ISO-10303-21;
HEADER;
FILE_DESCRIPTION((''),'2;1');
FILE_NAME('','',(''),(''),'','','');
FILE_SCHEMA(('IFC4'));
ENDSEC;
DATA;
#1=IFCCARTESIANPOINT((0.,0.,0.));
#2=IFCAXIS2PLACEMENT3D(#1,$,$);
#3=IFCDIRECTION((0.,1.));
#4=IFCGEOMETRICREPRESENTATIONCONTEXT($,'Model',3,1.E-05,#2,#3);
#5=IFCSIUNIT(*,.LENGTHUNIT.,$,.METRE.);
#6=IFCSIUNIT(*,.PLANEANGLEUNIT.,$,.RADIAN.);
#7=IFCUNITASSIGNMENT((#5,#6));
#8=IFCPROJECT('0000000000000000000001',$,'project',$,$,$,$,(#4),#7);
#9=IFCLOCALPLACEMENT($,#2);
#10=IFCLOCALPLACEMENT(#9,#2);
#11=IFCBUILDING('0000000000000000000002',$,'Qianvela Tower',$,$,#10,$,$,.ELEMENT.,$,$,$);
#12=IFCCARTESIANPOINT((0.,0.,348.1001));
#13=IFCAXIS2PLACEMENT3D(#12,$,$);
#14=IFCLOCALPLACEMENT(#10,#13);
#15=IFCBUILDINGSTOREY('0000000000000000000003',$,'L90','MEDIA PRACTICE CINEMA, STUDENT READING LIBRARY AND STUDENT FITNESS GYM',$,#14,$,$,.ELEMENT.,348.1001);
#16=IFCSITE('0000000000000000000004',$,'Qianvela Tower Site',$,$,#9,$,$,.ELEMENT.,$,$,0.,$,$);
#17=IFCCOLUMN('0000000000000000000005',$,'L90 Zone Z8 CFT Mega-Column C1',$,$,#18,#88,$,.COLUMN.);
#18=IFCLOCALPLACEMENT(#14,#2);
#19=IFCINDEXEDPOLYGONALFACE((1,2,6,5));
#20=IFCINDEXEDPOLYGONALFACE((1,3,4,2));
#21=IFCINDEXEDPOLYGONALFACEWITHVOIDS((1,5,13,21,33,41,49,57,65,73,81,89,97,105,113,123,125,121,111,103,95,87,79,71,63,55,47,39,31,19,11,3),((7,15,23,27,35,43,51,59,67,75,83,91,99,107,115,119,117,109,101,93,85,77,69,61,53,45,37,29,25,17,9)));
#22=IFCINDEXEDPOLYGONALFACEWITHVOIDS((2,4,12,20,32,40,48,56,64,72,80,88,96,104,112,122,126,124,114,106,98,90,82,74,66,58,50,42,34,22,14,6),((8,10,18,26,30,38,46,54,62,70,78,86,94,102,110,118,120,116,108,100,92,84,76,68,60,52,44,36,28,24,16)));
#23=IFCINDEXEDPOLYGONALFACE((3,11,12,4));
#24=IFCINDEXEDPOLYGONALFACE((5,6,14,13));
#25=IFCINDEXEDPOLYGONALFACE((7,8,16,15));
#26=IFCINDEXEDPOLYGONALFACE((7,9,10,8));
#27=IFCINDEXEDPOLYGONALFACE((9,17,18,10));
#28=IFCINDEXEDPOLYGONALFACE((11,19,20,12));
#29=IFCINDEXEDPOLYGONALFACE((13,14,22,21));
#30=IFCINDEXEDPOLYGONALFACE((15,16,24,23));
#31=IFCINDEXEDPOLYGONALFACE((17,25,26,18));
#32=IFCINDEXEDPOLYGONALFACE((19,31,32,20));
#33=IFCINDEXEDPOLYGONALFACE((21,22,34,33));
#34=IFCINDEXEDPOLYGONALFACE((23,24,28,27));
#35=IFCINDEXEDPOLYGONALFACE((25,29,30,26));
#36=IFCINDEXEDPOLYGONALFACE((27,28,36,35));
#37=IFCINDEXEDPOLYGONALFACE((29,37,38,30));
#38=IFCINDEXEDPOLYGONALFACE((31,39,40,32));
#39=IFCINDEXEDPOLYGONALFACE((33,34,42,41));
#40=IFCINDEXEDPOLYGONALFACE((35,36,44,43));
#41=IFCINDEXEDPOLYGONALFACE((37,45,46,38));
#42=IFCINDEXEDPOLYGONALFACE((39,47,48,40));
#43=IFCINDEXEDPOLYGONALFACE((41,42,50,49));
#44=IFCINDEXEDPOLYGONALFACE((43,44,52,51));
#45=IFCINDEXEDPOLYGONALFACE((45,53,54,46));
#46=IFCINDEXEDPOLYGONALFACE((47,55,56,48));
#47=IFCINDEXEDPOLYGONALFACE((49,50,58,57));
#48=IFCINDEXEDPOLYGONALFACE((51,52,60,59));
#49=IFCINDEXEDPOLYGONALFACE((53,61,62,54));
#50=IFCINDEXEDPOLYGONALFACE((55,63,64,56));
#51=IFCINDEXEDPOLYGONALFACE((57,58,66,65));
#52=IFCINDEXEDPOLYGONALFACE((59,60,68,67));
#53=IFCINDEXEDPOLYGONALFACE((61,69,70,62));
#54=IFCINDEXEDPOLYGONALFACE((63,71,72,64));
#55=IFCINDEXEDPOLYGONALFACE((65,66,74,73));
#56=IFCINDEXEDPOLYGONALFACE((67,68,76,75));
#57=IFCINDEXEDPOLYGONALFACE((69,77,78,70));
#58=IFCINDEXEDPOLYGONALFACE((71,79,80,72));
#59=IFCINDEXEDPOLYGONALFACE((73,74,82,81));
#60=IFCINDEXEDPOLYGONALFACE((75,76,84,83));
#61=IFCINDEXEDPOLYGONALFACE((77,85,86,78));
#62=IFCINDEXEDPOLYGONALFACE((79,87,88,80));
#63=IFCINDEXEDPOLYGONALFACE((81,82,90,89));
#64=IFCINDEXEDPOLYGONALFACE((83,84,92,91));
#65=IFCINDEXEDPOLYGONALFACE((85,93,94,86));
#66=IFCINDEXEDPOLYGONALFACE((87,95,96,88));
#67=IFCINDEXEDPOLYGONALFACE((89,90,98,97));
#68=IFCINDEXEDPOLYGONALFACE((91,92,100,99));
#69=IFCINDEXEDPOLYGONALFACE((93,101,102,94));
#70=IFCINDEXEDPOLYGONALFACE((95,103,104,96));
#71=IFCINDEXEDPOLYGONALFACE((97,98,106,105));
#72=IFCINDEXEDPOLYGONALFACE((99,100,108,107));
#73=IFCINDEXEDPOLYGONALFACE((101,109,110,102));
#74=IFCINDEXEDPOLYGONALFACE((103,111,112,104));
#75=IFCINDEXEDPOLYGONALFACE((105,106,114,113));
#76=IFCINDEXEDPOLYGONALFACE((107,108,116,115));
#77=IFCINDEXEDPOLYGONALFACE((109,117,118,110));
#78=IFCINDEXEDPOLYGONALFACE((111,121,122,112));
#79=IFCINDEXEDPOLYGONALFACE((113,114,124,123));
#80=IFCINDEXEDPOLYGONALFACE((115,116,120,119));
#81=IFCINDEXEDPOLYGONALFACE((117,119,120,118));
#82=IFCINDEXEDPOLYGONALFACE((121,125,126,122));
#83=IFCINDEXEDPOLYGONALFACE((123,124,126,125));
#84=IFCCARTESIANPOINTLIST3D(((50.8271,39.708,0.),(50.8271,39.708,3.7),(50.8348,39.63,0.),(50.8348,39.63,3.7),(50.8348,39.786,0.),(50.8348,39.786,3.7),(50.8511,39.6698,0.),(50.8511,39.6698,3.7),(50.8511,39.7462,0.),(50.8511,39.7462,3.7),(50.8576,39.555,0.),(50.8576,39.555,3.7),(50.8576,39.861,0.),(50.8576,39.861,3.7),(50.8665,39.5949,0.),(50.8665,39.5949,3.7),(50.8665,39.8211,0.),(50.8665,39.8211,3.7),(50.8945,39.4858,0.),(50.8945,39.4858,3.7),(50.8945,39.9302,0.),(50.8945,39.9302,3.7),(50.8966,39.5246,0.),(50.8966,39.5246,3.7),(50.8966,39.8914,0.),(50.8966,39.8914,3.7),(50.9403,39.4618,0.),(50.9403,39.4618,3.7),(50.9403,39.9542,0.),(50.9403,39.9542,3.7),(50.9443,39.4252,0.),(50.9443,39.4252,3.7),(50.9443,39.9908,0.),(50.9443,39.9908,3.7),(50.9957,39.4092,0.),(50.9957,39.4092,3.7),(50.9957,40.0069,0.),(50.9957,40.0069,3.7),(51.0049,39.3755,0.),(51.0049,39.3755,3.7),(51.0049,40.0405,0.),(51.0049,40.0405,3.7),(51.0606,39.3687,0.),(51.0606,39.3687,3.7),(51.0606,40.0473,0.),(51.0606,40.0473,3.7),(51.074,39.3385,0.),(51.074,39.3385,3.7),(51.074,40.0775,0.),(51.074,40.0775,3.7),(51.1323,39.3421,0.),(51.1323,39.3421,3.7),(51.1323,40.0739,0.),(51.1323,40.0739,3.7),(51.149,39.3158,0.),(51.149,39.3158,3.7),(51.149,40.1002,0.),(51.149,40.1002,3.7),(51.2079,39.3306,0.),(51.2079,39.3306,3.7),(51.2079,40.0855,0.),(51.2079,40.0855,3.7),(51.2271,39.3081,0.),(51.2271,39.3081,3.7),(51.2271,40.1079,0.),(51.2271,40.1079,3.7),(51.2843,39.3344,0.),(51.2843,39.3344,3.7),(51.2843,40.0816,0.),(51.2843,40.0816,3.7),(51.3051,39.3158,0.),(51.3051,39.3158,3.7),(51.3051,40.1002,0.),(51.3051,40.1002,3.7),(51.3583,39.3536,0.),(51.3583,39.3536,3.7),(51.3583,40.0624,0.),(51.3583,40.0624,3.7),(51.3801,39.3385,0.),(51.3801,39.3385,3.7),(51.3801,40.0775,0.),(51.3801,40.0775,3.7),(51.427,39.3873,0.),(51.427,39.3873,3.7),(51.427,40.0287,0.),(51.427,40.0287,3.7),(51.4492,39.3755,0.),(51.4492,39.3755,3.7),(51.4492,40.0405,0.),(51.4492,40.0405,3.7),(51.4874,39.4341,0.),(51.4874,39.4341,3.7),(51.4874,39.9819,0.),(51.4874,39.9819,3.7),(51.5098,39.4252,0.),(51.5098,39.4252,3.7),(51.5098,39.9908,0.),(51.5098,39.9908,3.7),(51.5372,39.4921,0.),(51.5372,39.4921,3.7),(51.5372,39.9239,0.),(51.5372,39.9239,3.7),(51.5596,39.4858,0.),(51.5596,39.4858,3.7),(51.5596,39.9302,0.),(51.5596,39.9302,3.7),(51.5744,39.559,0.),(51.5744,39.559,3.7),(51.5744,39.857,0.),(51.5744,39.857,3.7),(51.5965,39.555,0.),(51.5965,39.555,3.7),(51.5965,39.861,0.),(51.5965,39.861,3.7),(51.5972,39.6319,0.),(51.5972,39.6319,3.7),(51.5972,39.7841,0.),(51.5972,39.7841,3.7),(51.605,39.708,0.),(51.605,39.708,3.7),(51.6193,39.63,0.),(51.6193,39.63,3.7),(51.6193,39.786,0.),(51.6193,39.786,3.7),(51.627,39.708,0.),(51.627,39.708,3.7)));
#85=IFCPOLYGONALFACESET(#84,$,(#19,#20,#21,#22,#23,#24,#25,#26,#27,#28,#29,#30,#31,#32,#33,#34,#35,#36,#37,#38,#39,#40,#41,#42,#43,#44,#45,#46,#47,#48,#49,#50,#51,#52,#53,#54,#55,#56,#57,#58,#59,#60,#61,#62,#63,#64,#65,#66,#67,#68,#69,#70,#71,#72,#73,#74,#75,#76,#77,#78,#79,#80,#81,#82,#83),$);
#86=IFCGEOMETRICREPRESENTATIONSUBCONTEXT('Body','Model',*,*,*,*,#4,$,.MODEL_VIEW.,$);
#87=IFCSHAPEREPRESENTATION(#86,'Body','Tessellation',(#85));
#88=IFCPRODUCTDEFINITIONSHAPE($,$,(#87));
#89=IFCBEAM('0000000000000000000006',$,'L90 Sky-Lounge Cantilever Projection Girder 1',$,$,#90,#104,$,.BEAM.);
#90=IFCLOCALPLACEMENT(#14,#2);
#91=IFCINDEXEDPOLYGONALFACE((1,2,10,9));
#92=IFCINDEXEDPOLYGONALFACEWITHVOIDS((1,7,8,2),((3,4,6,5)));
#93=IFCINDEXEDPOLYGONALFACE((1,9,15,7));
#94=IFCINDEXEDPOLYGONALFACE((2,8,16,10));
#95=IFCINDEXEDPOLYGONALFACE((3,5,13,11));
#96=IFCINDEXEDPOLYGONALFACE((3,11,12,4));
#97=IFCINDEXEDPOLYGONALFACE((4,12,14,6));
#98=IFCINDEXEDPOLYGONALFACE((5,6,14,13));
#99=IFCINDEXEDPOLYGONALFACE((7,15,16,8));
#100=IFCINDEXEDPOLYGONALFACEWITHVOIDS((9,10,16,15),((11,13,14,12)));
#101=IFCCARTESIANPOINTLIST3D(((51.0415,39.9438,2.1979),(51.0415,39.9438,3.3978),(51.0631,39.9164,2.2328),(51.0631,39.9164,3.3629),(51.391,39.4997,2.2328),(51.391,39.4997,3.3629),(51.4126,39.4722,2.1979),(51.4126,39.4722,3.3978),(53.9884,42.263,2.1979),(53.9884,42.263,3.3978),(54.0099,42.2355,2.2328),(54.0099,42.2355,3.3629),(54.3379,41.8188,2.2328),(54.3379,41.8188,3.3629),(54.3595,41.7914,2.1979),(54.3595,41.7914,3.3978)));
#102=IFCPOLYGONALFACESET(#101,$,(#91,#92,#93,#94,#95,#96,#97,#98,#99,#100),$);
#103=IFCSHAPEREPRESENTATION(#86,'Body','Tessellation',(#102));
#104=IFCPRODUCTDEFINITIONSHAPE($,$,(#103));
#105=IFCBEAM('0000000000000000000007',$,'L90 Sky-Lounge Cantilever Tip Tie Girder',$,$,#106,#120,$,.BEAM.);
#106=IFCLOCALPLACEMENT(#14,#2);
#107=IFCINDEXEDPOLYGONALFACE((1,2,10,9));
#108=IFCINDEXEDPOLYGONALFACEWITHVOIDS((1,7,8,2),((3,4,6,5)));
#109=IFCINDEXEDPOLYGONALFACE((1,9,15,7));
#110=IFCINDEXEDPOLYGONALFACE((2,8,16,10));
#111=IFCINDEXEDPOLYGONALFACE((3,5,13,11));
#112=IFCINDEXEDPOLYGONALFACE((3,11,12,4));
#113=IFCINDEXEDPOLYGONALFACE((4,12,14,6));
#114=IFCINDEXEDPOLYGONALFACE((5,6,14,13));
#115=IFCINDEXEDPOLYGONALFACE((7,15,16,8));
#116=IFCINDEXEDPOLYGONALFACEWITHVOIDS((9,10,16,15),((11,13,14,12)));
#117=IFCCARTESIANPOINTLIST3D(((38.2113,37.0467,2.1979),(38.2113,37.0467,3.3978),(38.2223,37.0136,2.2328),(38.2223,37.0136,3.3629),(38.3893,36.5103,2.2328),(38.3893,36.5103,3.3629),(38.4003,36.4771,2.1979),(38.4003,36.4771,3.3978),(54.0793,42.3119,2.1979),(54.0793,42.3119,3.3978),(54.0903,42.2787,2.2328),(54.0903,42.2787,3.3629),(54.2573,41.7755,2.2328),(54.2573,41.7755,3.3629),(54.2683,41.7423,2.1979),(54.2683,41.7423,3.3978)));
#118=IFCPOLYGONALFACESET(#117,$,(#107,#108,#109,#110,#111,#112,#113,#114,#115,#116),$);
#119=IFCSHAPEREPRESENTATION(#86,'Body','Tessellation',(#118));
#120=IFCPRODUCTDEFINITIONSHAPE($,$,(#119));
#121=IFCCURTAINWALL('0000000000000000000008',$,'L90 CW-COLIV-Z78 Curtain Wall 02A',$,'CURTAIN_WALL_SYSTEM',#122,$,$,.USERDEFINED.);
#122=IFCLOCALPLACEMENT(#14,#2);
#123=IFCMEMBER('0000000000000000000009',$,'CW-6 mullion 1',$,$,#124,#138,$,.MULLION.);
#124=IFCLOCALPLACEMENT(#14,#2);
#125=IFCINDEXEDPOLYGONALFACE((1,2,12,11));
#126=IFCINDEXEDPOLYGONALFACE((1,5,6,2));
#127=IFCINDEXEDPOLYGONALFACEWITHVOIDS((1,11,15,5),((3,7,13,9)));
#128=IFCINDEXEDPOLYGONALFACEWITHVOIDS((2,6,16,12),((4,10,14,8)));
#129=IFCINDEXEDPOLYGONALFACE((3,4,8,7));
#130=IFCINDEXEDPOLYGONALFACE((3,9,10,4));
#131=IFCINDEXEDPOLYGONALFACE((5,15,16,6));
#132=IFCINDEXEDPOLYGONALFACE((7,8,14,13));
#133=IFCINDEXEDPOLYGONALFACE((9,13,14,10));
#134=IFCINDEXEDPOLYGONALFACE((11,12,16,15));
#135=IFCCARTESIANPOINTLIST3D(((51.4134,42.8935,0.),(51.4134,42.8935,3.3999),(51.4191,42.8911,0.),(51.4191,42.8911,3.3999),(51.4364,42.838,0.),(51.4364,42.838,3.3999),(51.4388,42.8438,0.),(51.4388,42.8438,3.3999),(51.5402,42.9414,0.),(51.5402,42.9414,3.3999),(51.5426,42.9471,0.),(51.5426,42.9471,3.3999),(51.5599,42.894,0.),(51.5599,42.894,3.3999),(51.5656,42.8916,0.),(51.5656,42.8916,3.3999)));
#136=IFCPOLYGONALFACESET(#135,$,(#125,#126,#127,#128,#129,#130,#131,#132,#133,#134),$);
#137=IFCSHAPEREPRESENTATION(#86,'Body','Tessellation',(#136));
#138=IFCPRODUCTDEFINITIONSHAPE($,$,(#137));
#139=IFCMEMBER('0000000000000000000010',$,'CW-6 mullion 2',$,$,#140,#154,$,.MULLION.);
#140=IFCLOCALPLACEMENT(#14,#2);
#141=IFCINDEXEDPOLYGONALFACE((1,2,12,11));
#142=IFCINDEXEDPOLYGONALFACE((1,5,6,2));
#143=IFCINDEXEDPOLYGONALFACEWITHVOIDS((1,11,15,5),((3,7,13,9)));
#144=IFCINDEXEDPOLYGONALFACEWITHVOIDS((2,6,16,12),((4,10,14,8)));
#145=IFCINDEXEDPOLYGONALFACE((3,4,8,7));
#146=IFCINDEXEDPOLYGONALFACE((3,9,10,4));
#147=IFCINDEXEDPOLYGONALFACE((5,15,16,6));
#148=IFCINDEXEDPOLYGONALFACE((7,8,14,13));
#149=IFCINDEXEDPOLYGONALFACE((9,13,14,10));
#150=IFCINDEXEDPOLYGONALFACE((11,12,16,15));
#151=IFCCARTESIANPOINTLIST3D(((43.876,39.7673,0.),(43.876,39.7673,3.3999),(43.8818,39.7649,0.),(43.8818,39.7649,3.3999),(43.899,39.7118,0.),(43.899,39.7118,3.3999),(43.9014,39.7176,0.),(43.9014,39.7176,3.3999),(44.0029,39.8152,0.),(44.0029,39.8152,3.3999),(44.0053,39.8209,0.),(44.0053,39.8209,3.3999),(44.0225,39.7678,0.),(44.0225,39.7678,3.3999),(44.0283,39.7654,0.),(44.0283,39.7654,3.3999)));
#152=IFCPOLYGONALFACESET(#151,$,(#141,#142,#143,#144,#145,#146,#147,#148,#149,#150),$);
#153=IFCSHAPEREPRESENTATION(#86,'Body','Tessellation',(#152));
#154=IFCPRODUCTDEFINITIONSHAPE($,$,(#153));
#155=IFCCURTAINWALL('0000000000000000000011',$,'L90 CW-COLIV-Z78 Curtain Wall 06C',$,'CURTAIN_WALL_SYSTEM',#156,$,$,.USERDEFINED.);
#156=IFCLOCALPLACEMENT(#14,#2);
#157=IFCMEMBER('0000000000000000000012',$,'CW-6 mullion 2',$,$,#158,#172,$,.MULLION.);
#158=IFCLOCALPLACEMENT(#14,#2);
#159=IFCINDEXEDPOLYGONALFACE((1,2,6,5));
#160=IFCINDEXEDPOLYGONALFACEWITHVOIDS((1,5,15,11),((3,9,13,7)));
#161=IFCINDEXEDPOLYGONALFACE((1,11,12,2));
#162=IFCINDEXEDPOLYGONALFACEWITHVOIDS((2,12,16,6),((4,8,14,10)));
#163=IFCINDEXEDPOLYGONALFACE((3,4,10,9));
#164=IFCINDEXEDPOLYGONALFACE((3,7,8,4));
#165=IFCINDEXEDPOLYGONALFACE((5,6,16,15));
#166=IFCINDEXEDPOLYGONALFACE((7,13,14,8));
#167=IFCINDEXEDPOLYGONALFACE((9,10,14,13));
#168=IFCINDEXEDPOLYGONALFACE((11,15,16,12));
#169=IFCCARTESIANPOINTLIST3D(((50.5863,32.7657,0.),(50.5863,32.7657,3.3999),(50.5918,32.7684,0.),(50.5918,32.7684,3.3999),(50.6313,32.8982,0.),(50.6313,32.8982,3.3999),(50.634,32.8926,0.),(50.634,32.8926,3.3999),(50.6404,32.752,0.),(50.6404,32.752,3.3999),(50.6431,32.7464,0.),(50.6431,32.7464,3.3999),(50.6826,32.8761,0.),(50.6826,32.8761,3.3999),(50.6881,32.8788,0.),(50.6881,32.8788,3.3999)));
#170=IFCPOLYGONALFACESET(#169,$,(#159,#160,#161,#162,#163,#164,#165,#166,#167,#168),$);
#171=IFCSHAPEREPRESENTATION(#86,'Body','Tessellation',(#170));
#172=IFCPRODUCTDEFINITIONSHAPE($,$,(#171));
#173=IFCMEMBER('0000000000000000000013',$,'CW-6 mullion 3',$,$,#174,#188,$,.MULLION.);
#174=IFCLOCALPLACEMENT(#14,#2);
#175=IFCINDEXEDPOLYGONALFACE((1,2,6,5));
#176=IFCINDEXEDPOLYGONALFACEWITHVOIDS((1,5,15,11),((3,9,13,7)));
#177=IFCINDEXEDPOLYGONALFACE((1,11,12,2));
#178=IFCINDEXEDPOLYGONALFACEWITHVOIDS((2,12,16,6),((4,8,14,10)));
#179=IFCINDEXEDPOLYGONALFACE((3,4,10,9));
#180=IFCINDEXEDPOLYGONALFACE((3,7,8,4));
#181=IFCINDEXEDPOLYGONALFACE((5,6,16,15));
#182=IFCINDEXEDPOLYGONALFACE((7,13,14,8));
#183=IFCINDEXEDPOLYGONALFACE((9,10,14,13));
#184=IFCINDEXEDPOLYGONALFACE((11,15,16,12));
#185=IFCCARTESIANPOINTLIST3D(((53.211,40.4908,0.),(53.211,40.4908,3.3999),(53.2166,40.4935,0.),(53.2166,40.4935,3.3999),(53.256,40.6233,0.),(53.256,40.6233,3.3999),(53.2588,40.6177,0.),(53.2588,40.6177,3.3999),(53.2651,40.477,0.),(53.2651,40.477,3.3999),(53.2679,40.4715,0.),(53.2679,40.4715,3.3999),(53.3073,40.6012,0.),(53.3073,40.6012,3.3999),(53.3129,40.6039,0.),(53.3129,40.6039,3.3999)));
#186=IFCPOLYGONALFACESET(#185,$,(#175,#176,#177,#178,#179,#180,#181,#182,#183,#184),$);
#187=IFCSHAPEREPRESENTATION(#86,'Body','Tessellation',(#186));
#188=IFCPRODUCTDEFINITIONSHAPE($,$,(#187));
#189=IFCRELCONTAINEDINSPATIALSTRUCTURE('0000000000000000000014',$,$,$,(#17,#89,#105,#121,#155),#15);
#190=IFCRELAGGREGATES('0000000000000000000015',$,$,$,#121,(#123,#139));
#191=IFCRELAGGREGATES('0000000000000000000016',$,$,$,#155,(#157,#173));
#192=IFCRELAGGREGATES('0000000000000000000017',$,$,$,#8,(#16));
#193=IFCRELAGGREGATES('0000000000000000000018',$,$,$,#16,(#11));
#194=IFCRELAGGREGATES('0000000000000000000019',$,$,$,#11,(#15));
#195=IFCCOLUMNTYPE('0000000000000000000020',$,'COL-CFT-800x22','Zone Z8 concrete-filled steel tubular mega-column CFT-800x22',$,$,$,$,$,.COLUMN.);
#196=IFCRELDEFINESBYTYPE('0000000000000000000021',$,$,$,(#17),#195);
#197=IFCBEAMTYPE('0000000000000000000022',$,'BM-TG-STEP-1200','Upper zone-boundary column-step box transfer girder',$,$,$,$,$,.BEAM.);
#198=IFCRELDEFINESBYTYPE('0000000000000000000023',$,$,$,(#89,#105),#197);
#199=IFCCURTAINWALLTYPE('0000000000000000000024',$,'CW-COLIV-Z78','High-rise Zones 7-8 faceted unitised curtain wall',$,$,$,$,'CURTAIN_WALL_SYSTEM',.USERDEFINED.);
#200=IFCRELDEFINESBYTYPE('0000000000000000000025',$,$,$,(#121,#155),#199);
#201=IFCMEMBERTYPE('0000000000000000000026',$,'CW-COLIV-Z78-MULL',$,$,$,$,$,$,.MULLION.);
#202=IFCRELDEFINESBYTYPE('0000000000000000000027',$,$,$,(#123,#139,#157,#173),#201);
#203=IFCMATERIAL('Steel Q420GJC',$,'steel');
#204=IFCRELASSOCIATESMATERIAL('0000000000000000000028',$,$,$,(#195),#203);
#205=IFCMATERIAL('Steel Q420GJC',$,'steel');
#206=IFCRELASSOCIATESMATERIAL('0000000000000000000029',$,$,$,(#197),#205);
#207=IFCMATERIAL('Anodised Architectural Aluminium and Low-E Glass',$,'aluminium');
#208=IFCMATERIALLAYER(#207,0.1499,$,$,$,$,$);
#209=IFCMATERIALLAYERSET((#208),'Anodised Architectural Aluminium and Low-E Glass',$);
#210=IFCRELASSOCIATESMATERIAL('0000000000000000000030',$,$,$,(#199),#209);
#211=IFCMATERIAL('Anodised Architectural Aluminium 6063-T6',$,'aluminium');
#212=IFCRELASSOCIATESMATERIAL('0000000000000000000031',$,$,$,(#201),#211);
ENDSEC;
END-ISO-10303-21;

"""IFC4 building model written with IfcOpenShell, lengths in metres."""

from ifc_helpers import new_model, si_unit, direction, frame, origin, origin_2d, place, context, subcontext, project, spatial, hollow_rectangle, hollow_circle, extrude, material, layer, layer_set, material_profile, profile_set, type_object, element, aggregate, save


model = new_model("IFC4")

# Units and contexts
model_context = context("Model", 3, precision=1e-05, world=origin(), true_north=direction((0.0, 1.0)))
body_context = subcontext(model_context, "Body", "Model", "MODEL_VIEW")
ifc_project = project(units=[si_unit("LENGTHUNIT", "METRE"), si_unit("PLANEANGLEUNIT", "RADIAN")], contexts=[model_context])

# Site, building, storey
site_placement = place(None, origin())
site = spatial("IfcSite", under=ifc_project, at=site_placement, Name="Qianvela Tower Site", CompositionType="ELEMENT", RefElevation=0.0)
building_placement = place(site_placement, origin())
building = spatial("IfcBuilding", under=site, at=building_placement, Name="Qianvela Tower", CompositionType="ELEMENT")
storey_placement = place(building_placement, frame((0.0, 0.0, 348.1001)))
storey = spatial("IfcBuildingStorey", under=building, at=storey_placement, Name="L90", Description="MEDIA PRACTICE CINEMA, STUDENT READING LIBRARY AND STUDENT FITNESS GYM", CompositionType="ELEMENT", Elevation=348.1001)

# Column
ifc_material_1 = material(Name="Steel Q420GJC", Category="steel")
ifc_material_profile_1 = material_profile(ifc_material_1, hollow_circle(Radius=0.3999, WallThickness=0.022, at=origin_2d()), Name="CFT-800x22")
ifc_profile_set_1 = profile_set([ifc_material_profile_1], Name="Steel Q420GJC")
column_type = type_object("IfcColumnType", Name="COL-CFT-800x22", Description="Zone Z8 concrete-filled steel tubular mega-column CFT-800x22", PredefinedType="COLUMN", material=ifc_profile_set_1)
column_placement = place(storey_placement, frame((51.2271, 39.708, 0.0), z_axis=(0.0, 0.0, 1.0), x_axis=(1.0, 0.0, 0.0)))
element("IfcColumn", 1, at=column_placement, inside=storey, type_object=column_type, Name="L90 Zone Z8 CFT Mega-Column C1", PredefinedType="COLUMN", context=body_context, shape_type="SweptSolid", body=[
    extrude(hollow_circle(Radius=0.3999, WallThickness=0.022, at=origin_2d()), origin(), (0.0, 0.0, 1.0), 3.7),
])

# Beams
ifc_material_2 = material(Name="Steel Q420GJC", Category="steel")
ifc_material_profile_2 = material_profile(ifc_material_2, hollow_rectangle(XDim=0.6001, YDim=1.2, WallThickness=0.0349, at=origin_2d()), Name="TG-BOX-1200x600x35")
ifc_profile_set_2 = profile_set([ifc_material_profile_2], Name="Steel Q420GJC")
beam_type = type_object("IfcBeamType", Name="BM-TG-STEP-1200", Description="Upper zone-boundary column-step box transfer girder", PredefinedType="BEAM", material=ifc_profile_set_2)
beam_1_placement = place(storey_placement, frame((51.2271, 39.708, 2.7979), z_axis=(0.78583, 0.618442, 0.0), x_axis=(-0.618442, 0.78583, 0.0)))
element("IfcBeam", 2, at=beam_1_placement, inside=storey, type_object=beam_type, Name="L90 Sky-Lounge Cantilever Projection Girder 1", PredefinedType="BEAM", context=body_context, shape_type="SweptSolid", body=[
    extrude(hollow_rectangle(XDim=0.6001, YDim=1.2, WallThickness=0.0349, at=origin_2d()), origin(), (0.0, 0.0, 1.0), 3.75),
])
beam_2_placement = place(storey_placement, frame((54.1738, 42.0271, 2.7979), z_axis=(-0.949116, -0.314926, 0.0), x_axis=(0.314926, -0.949116, 0.0)))
element("IfcBeam", 3, at=beam_2_placement, inside=storey, type_object=beam_type, Name="L90 Sky-Lounge Cantilever Tip Tie Girder", PredefinedType="BEAM", context=body_context, shape_type="SweptSolid", body=[
    extrude(hollow_rectangle(XDim=0.6001, YDim=1.2, WallThickness=0.0349, at=origin_2d()), origin(), (0.0, 0.0, 1.0), 16.7188),
])

# Curtain walls, members
ifc_material_3 = material(Name="Anodised Architectural Aluminium and Low-E Glass", Category="aluminium")
ifc_layer_1 = layer(ifc_material_3, 0.1499)
ifc_layer_set_1 = layer_set([ifc_layer_1], Name="Anodised Architectural Aluminium and Low-E Glass")
curtain_wall_type = type_object("IfcCurtainWallType", Name="CW-COLIV-Z78", Description="High-rise Zones 7-8 faceted unitised curtain wall", ElementType="CURTAIN_WALL_SYSTEM", PredefinedType="USERDEFINED", material=ifc_layer_set_1)
curtain_wall_1_placement = place(storey_placement, origin())
curtain_wall_1 = element("IfcCurtainWall", 4, at=curtain_wall_1_placement, inside=storey, type_object=curtain_wall_type, Name="L90 CW-COLIV-Z78 Curtain Wall 02A", ObjectType="CURTAIN_WALL_SYSTEM", PredefinedType="USERDEFINED")
ifc_material_4 = material(Name="Anodised Architectural Aluminium 6063-T6", Category="aluminium")
ifc_material_profile_3 = material_profile(ifc_material_4, hollow_rectangle(XDim=0.0601, YDim=0.1399, WallThickness=0.0044, at=origin_2d()), Name="ALU-MULL-60x140")
ifc_profile_set_3 = profile_set([ifc_material_profile_3], Name="Anodised Architectural Aluminium 6063-T6")
member_type_1 = type_object("IfcMemberType", Name="CW-COLIV-Z78-MULL", PredefinedType="MULLION", material=ifc_profile_set_3)
member_1_placement = place(storey_placement, frame((51.4895, 42.8926, 0.0), z_axis=(0.0, 0.0, 1.0), x_axis=(0.383114, -0.923701, 0.0)))
member_1 = element("IfcMember", 5, at=member_1_placement, type_object=member_type_1, Name="CW-6 mullion 1", PredefinedType="MULLION", context=body_context, shape_type="SweptSolid", body=[
    extrude(hollow_rectangle(XDim=0.0601, YDim=0.1399, WallThickness=0.0044, at=origin_2d()), origin(), (0.0, 0.0, 1.0), 3.3999),
])
member_2_placement = place(storey_placement, frame((43.9521, 39.7664, 0.0), z_axis=(0.0, 0.0, 1.0), x_axis=(0.383114, -0.923701, 0.0)))
member_2 = element("IfcMember", 6, at=member_2_placement, type_object=member_type_1, Name="CW-6 mullion 2", PredefinedType="MULLION", context=body_context, shape_type="SweptSolid", body=[
    extrude(hollow_rectangle(XDim=0.0601, YDim=0.1399, WallThickness=0.0044, at=origin_2d()), origin(), (0.0, 0.0, 1.0), 3.3999),
])
curtain_wall_2_placement = place(storey_placement, origin())
curtain_wall_2 = element("IfcCurtainWall", 7, at=curtain_wall_2_placement, inside=storey, type_object=curtain_wall_type, Name="L90 CW-COLIV-Z78 Curtain Wall 06C", ObjectType="CURTAIN_WALL_SYSTEM", PredefinedType="USERDEFINED")
member_3_placement = place(storey_placement, frame((50.6372, 32.8223, 0.0), z_axis=(0.0, 0.0, 1.0), x_axis=(-0.946835, 0.32172, 0.0)))
member_3 = element("IfcMember", 8, at=member_3_placement, type_object=member_type_1, Name="CW-6 mullion 2", PredefinedType="MULLION", context=body_context, shape_type="SweptSolid", body=[
    extrude(hollow_rectangle(XDim=0.0601, YDim=0.1399, WallThickness=0.0044, at=origin_2d()), origin(), (0.0, 0.0, 1.0), 3.3999),
])
member_4_placement = place(storey_placement, frame((53.262, 40.5474, 0.0), z_axis=(0.0, 0.0, 1.0), x_axis=(-0.946835, 0.32172, 0.0)))
member_4 = element("IfcMember", 9, at=member_4_placement, type_object=member_type_1, Name="CW-6 mullion 3", PredefinedType="MULLION", context=body_context, shape_type="SweptSolid", body=[
    extrude(hollow_rectangle(XDim=0.0601, YDim=0.1399, WallThickness=0.0044, at=origin_2d()), origin(), (0.0, 0.0, 1.0), 3.3999),
])

aggregate(curtain_wall_1, [member_1, member_2])
aggregate(curtain_wall_2, [member_3, member_4])

save(model, "model.ifc")
